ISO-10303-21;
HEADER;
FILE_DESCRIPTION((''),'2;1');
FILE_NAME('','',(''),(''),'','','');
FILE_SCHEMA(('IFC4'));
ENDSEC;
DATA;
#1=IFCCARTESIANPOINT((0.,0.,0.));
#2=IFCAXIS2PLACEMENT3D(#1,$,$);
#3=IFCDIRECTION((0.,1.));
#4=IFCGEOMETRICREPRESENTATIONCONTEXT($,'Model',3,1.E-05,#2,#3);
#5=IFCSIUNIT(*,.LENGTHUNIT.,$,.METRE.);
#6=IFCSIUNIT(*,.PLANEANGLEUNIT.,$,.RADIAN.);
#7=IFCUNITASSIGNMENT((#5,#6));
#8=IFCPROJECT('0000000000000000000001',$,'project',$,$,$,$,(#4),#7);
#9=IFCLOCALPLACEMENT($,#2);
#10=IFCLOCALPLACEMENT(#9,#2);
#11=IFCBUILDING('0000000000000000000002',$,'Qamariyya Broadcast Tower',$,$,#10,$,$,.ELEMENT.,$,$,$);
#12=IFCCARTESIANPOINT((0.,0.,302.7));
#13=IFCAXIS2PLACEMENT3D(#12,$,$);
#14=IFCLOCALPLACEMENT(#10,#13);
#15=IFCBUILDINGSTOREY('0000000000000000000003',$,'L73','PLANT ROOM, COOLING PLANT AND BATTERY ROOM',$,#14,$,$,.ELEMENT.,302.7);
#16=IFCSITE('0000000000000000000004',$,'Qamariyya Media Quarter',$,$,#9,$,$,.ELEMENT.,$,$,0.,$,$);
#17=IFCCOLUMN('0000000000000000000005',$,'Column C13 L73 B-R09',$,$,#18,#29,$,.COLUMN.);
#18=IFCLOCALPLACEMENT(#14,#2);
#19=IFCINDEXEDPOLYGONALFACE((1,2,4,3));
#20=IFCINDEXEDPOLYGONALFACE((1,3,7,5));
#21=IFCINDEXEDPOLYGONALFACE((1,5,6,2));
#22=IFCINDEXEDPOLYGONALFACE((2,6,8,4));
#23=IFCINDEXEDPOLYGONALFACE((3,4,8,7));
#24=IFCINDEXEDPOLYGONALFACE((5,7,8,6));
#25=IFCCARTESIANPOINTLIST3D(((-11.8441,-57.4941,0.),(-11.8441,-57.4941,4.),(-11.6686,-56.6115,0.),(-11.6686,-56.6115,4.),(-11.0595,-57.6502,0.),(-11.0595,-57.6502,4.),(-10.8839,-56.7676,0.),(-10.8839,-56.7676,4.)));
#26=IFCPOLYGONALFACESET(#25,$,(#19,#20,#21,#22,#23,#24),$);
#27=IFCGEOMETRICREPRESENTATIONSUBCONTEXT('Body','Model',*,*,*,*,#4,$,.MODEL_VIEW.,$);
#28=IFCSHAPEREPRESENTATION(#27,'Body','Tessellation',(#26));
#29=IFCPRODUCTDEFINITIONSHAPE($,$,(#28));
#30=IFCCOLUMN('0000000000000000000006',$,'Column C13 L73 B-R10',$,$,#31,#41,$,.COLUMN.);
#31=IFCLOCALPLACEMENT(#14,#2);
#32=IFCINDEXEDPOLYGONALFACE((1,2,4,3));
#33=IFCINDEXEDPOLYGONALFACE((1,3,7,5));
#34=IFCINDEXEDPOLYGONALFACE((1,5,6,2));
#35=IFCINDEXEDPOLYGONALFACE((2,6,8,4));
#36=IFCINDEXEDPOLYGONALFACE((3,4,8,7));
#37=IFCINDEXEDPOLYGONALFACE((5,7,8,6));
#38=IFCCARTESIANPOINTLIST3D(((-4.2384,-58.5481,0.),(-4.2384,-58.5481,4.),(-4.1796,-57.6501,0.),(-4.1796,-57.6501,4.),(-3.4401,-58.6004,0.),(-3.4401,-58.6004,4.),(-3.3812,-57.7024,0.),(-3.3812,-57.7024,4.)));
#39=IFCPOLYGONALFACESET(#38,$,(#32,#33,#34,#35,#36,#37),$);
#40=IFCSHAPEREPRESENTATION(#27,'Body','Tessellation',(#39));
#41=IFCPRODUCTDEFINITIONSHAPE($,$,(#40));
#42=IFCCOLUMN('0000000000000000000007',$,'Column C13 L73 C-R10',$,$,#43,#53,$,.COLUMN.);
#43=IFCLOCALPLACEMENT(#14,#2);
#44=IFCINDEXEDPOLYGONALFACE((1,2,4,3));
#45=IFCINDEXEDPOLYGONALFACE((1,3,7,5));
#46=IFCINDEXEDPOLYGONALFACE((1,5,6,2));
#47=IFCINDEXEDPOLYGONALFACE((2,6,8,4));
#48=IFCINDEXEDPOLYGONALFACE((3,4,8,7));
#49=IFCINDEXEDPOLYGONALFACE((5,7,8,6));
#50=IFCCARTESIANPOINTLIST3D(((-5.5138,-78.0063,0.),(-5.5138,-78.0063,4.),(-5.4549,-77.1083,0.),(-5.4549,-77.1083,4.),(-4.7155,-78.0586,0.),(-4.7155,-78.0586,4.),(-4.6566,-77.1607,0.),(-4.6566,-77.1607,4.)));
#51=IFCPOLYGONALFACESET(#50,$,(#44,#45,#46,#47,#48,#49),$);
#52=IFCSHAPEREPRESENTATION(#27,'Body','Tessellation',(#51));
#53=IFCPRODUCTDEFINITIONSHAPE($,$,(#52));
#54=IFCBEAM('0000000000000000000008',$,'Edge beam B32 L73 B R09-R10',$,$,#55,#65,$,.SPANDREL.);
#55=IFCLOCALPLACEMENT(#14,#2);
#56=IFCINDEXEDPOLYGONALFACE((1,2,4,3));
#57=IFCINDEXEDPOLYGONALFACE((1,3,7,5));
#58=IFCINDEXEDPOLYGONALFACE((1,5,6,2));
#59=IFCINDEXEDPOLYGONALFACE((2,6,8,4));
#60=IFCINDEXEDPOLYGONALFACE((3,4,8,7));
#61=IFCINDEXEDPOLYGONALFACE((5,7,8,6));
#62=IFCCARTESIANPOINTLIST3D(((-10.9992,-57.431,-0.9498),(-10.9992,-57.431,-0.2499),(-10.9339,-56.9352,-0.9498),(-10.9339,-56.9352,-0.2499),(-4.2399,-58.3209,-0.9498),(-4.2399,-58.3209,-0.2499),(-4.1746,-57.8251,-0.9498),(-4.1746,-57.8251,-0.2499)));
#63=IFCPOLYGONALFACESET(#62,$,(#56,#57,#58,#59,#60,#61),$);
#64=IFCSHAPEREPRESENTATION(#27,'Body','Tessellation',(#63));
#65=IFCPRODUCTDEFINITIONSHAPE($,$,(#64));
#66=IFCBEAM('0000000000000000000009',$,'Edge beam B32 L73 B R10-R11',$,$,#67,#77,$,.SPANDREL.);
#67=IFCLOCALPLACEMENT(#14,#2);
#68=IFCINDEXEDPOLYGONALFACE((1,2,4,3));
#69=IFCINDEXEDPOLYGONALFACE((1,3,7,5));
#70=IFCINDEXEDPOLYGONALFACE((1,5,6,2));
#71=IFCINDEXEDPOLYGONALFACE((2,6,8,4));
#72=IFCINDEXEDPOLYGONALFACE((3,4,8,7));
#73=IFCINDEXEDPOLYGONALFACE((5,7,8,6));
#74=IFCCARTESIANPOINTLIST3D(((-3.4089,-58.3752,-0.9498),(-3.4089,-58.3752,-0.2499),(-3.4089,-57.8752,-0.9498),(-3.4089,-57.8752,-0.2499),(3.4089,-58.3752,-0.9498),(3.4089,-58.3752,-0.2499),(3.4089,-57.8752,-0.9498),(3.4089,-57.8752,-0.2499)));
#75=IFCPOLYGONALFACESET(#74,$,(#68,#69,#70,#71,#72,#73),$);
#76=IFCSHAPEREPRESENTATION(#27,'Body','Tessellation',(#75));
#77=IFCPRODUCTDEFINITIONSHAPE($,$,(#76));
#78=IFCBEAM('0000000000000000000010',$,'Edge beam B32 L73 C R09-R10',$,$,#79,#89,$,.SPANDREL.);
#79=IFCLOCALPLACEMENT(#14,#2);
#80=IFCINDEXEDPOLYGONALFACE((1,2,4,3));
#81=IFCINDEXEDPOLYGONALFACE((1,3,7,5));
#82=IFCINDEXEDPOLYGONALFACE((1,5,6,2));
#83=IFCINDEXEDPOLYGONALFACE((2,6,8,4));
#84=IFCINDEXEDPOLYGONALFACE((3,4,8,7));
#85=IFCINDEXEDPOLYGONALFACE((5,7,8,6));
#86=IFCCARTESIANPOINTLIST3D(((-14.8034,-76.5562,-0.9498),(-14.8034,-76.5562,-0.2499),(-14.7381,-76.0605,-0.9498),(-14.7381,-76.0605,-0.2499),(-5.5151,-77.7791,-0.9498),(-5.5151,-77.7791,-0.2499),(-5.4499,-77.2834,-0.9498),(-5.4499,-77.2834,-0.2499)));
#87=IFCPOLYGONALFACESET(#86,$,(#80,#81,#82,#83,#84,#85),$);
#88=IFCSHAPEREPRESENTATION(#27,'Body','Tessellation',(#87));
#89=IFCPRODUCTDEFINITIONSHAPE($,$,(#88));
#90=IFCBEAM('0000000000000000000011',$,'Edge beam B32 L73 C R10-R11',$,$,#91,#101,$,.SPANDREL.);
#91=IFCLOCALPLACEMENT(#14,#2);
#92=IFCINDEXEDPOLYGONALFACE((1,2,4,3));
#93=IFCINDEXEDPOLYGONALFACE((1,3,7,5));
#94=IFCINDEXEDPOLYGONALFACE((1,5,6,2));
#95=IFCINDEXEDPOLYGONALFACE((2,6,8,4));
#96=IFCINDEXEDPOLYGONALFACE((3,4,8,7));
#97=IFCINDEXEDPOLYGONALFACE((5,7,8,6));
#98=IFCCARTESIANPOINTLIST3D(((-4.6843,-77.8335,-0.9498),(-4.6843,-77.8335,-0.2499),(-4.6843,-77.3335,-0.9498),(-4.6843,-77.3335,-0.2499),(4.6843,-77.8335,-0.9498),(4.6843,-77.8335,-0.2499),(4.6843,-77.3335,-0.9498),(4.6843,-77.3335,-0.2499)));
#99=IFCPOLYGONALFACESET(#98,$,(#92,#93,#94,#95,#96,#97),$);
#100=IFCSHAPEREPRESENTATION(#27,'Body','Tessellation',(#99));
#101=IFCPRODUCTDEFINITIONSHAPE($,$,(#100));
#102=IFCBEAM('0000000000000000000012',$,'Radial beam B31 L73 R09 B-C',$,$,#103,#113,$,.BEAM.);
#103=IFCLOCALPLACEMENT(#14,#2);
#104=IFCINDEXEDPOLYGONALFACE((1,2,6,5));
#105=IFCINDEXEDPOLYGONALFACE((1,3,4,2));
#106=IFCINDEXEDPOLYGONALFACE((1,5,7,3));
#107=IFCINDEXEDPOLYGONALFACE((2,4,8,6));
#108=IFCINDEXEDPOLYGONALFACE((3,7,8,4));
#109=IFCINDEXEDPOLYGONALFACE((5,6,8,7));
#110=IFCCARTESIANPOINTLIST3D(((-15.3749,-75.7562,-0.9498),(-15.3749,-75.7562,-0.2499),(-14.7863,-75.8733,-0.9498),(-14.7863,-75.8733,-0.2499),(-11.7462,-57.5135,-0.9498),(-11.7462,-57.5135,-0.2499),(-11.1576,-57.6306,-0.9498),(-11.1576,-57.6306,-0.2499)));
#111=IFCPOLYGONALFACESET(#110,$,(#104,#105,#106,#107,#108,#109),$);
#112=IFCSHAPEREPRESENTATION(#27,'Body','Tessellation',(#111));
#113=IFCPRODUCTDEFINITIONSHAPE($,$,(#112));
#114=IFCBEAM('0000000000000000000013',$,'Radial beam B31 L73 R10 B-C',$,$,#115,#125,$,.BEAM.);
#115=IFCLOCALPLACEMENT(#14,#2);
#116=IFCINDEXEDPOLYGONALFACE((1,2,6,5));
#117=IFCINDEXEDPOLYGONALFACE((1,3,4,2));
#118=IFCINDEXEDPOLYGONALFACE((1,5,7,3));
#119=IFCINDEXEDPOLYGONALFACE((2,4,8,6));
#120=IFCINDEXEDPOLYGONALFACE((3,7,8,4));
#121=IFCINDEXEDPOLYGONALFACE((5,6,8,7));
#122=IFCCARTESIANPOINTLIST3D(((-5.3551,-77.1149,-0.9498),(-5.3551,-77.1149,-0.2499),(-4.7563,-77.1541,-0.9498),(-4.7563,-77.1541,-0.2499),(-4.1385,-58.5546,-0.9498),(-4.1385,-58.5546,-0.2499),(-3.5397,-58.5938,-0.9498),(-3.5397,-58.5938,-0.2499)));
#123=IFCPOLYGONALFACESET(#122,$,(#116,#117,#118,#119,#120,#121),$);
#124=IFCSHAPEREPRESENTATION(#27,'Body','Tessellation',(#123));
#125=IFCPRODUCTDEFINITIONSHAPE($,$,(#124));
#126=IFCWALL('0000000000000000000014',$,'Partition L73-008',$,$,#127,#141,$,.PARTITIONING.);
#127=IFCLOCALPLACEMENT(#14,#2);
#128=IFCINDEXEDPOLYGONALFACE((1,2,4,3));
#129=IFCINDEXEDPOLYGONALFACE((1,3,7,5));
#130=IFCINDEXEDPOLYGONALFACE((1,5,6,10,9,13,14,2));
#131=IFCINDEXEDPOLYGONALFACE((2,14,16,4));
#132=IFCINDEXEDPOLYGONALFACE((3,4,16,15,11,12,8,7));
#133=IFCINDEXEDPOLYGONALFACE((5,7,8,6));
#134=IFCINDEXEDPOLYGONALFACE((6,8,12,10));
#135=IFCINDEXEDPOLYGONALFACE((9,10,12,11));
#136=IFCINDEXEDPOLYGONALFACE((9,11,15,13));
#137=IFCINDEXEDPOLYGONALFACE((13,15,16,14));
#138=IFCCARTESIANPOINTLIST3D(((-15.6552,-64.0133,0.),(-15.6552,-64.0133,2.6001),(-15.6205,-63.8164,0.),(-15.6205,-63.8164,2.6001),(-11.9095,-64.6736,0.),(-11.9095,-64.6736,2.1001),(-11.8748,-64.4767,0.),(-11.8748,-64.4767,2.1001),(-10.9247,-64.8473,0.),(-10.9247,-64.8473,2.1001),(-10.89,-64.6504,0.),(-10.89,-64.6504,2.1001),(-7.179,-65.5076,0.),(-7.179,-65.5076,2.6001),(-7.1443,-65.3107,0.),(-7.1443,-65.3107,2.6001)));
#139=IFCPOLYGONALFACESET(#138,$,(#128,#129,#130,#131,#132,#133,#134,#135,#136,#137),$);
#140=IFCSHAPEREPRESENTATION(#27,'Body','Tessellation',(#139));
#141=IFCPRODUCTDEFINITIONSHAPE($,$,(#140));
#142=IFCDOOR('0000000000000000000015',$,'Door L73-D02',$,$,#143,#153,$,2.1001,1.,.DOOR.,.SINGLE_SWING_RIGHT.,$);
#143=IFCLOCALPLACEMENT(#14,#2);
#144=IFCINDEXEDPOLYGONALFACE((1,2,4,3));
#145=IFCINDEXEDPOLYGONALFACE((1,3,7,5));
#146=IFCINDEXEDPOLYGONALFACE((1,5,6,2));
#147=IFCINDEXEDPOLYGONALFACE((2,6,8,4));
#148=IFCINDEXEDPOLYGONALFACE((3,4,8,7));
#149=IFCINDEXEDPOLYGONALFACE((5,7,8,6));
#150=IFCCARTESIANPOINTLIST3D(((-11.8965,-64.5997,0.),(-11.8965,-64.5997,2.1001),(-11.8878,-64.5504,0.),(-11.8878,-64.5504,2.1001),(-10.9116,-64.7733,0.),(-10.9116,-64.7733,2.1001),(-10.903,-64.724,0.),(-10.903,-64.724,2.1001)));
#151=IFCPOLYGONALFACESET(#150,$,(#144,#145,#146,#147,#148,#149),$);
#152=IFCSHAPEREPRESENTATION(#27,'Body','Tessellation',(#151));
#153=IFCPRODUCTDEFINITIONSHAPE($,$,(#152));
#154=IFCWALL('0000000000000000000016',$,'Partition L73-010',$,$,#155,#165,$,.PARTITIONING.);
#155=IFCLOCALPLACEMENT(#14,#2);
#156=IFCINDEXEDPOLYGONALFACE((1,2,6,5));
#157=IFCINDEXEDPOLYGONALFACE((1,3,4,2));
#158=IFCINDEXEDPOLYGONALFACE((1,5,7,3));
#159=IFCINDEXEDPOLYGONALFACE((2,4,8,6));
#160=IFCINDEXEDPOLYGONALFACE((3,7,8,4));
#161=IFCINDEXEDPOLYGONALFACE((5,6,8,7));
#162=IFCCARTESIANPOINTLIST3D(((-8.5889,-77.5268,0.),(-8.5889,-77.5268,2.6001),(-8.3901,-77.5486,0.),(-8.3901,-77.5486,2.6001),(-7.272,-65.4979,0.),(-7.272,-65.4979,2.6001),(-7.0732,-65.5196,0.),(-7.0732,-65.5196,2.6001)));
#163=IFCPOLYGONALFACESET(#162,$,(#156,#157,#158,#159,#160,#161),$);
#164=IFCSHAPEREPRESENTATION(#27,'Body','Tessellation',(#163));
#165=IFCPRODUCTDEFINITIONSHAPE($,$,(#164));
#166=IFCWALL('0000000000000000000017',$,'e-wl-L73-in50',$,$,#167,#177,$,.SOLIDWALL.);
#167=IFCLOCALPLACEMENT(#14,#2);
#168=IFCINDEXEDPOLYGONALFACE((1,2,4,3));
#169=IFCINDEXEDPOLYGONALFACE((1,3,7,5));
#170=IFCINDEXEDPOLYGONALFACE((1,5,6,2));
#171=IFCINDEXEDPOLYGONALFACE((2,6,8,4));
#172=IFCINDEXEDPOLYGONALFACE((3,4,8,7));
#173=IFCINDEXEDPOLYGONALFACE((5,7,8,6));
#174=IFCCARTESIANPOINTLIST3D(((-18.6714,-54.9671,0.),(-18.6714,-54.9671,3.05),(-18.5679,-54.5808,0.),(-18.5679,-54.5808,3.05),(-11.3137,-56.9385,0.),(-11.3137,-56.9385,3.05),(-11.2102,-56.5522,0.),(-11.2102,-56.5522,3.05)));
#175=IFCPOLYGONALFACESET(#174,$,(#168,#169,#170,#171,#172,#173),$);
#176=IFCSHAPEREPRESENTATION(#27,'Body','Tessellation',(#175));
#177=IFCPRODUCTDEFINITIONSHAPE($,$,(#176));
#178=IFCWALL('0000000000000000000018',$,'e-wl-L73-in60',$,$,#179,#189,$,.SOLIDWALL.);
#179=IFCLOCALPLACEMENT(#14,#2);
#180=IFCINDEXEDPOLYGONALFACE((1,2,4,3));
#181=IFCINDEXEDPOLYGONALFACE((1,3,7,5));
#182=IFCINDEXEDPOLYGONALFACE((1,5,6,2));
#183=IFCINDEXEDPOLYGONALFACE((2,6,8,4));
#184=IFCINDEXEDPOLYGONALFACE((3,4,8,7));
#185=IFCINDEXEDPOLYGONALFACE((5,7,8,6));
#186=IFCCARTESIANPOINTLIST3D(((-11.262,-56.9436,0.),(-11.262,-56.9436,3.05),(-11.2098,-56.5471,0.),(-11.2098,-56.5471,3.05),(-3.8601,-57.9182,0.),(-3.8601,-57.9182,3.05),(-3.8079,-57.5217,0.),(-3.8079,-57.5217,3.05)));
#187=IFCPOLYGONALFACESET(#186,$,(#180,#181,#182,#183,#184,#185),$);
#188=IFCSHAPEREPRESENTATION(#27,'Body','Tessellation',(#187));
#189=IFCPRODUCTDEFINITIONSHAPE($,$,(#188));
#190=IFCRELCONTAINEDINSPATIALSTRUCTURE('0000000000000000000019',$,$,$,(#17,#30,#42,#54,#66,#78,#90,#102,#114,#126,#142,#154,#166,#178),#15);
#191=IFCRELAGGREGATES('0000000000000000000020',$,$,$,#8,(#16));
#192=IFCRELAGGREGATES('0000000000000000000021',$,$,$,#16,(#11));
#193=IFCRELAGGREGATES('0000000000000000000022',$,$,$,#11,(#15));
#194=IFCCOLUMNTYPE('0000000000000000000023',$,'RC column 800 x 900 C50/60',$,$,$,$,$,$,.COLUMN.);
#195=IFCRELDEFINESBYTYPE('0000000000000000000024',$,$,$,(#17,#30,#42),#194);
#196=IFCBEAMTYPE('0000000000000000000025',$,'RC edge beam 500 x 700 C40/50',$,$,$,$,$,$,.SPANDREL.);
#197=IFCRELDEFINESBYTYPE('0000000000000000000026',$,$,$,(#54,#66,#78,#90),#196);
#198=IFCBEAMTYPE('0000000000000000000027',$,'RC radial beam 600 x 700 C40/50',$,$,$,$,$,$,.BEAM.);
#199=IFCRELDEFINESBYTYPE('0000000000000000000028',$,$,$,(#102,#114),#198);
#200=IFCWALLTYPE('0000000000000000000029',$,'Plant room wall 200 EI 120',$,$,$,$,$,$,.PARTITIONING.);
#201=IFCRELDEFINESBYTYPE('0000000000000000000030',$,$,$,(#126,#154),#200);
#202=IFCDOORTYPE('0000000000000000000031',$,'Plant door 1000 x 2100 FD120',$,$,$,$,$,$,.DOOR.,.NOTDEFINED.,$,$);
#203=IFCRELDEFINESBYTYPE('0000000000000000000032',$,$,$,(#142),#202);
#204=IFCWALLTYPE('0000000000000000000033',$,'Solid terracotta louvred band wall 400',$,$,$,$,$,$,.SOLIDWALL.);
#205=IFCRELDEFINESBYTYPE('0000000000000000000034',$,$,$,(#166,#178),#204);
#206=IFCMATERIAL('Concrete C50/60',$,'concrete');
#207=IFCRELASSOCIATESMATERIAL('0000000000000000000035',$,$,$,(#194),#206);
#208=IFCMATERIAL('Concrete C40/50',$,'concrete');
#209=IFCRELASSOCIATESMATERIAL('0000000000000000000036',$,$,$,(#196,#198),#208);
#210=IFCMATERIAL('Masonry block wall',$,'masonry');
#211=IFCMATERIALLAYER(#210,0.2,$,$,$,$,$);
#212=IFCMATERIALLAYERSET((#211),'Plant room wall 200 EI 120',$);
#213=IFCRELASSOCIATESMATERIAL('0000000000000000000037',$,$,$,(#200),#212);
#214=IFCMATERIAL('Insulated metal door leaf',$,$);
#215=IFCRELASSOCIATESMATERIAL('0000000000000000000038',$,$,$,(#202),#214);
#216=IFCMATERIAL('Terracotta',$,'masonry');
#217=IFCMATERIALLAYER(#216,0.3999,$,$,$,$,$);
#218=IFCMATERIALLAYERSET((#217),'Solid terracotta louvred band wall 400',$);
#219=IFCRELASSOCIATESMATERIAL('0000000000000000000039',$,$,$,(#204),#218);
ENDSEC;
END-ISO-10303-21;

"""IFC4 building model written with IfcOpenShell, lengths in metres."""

from ifc_helpers import new_model, si_unit, direction, frame, frame_2d, origin, origin_2d, place, context, subcontext, project, spatial, rectangle, extrude, material, layer, layer_set, material_profile, profile_set, type_object, element, fill, save


model = new_model("IFC4")

# Units and contexts
model_context = context("Model", 3, precision=1e-05, world=origin(), true_north=direction((0.0, 1.0)))
body_context = subcontext(model_context, "Body", "Model", "MODEL_VIEW")
ifc_project = project(units=[si_unit("LENGTHUNIT", "METRE"), si_unit("PLANEANGLEUNIT", "RADIAN")], contexts=[model_context])

# Site, building, storey
site_placement = place(None, origin())
site = spatial("IfcSite", under=ifc_project, at=site_placement, Name="Qamariyya Media Quarter", CompositionType="ELEMENT", RefElevation=0.0)
building_placement = place(site_placement, origin())
building = spatial("IfcBuilding", under=site, at=building_placement, Name="Qamariyya Broadcast Tower", CompositionType="ELEMENT")
storey_placement = place(building_placement, frame((0.0, 0.0, 302.7)))
storey = spatial("IfcBuildingStorey", under=building, at=storey_placement, Name="L73", Description="PLANT ROOM, COOLING PLANT AND BATTERY ROOM", CompositionType="ELEMENT", Elevation=302.7)

# Columns
ifc_material_1 = material(Name="Concrete C50/60", Category="concrete")
ifc_material_profile_1 = material_profile(ifc_material_1, rectangle(XDim=0.8, YDim=0.8999, at=origin_2d()))
ifc_profile_set_1 = profile_set([ifc_material_profile_1], Name="Concrete C50/60")
column_type = type_object("IfcColumnType", Name="RC column 800 x 900 C50/60", PredefinedType="COLUMN", material=ifc_profile_set_1)
for number, where, z_axis, x_axis, name in (
    (1, (-11.364, -57.1309, 0.0), (0.0, 0.0, 1.0), (0.980785, -0.19509, 0.0), "Column C13 L73 B-R09"),
    (2, (-3.8098, -58.1252, 0.0), (0.0, 0.0, 1.0), (0.997859, -0.065403, 0.0), "Column C13 L73 B-R10"),
    (3, (-5.0852, -77.5835, 0.0), (0.0, 0.0, 1.0), (0.997859, -0.065403, 0.0), "Column C13 L73 C-R10"),
):
    element("IfcColumn", number, at=place(storey_placement, frame(where, z_axis=z_axis, x_axis=x_axis)), inside=storey, type_object=column_type, Name=name, PredefinedType="COLUMN", context=body_context, shape_type="SweptSolid", body=[
        extrude(rectangle(XDim=0.8, YDim=0.8999, at=origin_2d()), origin(), (0.0, 0.0, 1.0), 4.0),
    ])

# Beams
ifc_material_2 = material(Name="Concrete C40/50", Category="concrete")
ifc_material_profile_2 = material_profile(ifc_material_2, rectangle(XDim=0.5, YDim=0.7, at=origin_2d()))
ifc_profile_set_2 = profile_set([ifc_material_profile_2], Name="Concrete C40/50")
beam_type_1 = type_object("IfcBeamType", Name="RC edge beam 500 x 700 C40/50", PredefinedType="SPANDREL", material=ifc_profile_set_2)
beam_1_placement = place(storey_placement, frame((-10.9666, -57.1831, -0.5999), z_axis=(0.991445, -0.130529, 0.0), x_axis=(0.130529, 0.991445, 0.0)))
element("IfcBeam", 4, at=beam_1_placement, inside=storey, type_object=beam_type_1, Name="Edge beam B32 L73 B R09-R10", PredefinedType="SPANDREL", context=body_context, shape_type="SweptSolid", body=[
    extrude(rectangle(XDim=0.5, YDim=0.7, at=origin_2d()), origin(), (0.0, 0.0, 1.0), 6.8176),
])
beam_2_placement = place(storey_placement, frame((-3.4089, -58.1252, -0.5999), z_axis=(1.0, 0.0, 0.0), x_axis=(0.0, 1.0, 0.0)))
element("IfcBeam", 5, at=beam_2_placement, inside=storey, type_object=beam_type_1, Name="Edge beam B32 L73 B R10-R11", PredefinedType="SPANDREL", context=body_context, shape_type="SweptSolid", body=[
    extrude(rectangle(XDim=0.5, YDim=0.7, at=origin_2d()), origin(), (0.0, 0.0, 1.0), 6.8179),
])
beam_3_placement = place(storey_placement, frame((-14.7708, -76.3083, -0.5999), z_axis=(0.991444, -0.130533, 0.0), x_axis=(0.130533, 0.991444, 0.0)))
element("IfcBeam", 6, at=beam_3_placement, inside=storey, type_object=beam_type_1, Name="Edge beam B32 L73 C R09-R10", PredefinedType="SPANDREL", context=body_context, shape_type="SweptSolid", body=[
    extrude(rectangle(XDim=0.5, YDim=0.7, at=origin_2d()), origin(), (0.0, 0.0, 1.0), 9.3684),
])
beam_4_placement = place(storey_placement, frame((-4.6843, -77.5835, -0.5999), z_axis=(1.0, 0.0, 0.0), x_axis=(0.0, 1.0, 0.0)))
element("IfcBeam", 7, at=beam_4_placement, inside=storey, type_object=beam_type_1, Name="Edge beam B32 L73 C R10-R11", PredefinedType="SPANDREL", context=body_context, shape_type="SweptSolid", body=[
    extrude(rectangle(XDim=0.5, YDim=0.7, at=origin_2d()), origin(), (0.0, 0.0, 1.0), 9.3687),
])
ifc_material_profile_3 = material_profile(ifc_material_2, rectangle(XDim=0.6001, YDim=0.7, at=origin_2d()))
ifc_profile_set_3 = profile_set([ifc_material_profile_3], Name="Concrete C40/50")
beam_type_2 = type_object("IfcBeamType", Name="RC radial beam 600 x 700 C40/50", PredefinedType="BEAM", material=ifc_profile_set_3)
for number, where, z_axis, x_axis, name in (
    (8, (-11.4519, -57.572, -0.5999), (-0.195089, -0.980786, 0.0), (0.980786, -0.195089, 0.0), "Radial beam B31 L73 R09 B-C"),
    (9, (-3.8391, -58.5742, -0.5999), (-0.065406, -0.997859, 0.0), (0.997859, -0.065406, 0.0), "Radial beam B31 L73 R10 B-C"),
):
    element("IfcBeam", number, at=place(storey_placement, frame(where, z_axis=z_axis, x_axis=x_axis)), inside=storey, type_object=beam_type_2, Name=name, PredefinedType="BEAM", context=body_context, shape_type="SweptSolid", body=[
        extrude(rectangle(XDim=0.6001, YDim=0.7, at=origin_2d()), origin(), (0.0, 0.0, 1.0), 18.6001),
    ])

# Wall, opening, door
ifc_material_3 = material(Name="Masonry block wall", Category="masonry")
ifc_layer_1 = layer(ifc_material_3, 0.2)
ifc_layer_set_1 = layer_set([ifc_layer_1], Name="Plant room wall 200 EI 120")
wall_type_1 = type_object("IfcWallType", Name="Plant room wall 200 EI 120", PredefinedType="PARTITIONING", material=ifc_layer_set_1)
wall_1_placement = place(storey_placement, frame((-7.1616, -65.4092, 0.0), z_axis=(0.0, 0.0, 1.0), x_axis=(-0.984812, 0.173624, 0.0)))
wall_1 = element("IfcWall", 10, at=wall_1_placement, inside=storey, type_object=wall_type_1, Name="Partition L73-008", PredefinedType="PARTITIONING", context=body_context, shape_type="SweptSolid", body=[
    extrude(rectangle(XDim=8.6069, YDim=0.2, at=frame_2d((4.3035, 0.0))), origin(), (0.0, 0.0, 1.0), 2.6001),
])
opening_placement = place(wall_1_placement, frame((3.8035, 0.0, 0.0)))
opening = element("IfcOpeningElement", 11, at=opening_placement, cuts=wall_1, PredefinedType="OPENING", context=body_context, shape_type="SweptSolid", body=[
    extrude(rectangle(XDim=1.0, YDim=2.1001, at=frame_2d((0.5, 1.05))), frame((0.0, 0.1099, 0.0), z_axis=(0.0, -1.0, 0.0), x_axis=(1.0, 0.0, 0.0)), (0.0, 0.0, 1.0), 0.22),
])
ifc_material_4 = material(Name="Insulated metal door leaf")
door_type = type_object("IfcDoorType", Name="Plant door 1000 x 2100 FD120", OperationType="NOTDEFINED", PredefinedType="DOOR", material=ifc_material_4)
door_placement = place(opening_placement, origin())
door = element("IfcDoor", 12, at=door_placement, inside=storey, type_object=door_type, Name="Door L73-D02", OperationType="SINGLE_SWING_RIGHT", OverallHeight=2.1001, OverallWidth=1.0, PredefinedType="DOOR", context=body_context, shape_type="SweptSolid", body=[
    extrude(rectangle(XDim=1.0, YDim=2.1001, at=frame_2d((0.5, 1.05))), frame((0.0, 0.0249, 0.0), z_axis=(0.0, -1.0, 0.0), x_axis=(1.0, 0.0, 0.0)), (0.0, 0.0, 1.0), 0.05),
])
fill(opening, door)

# Walls
wall_2_placement = place(storey_placement, frame((-8.4895, -77.5376, 0.0), z_axis=(0.0, 0.0, 1.0), x_axis=(0.108826, 0.994061, 0.0)))
element("IfcWall", 13, at=wall_2_placement, inside=storey, type_object=wall_type_1, Name="Partition L73-010", PredefinedType="PARTITIONING", context=body_context, shape_type="SweptSolid", body=[
    extrude(rectangle(XDim=12.1008, YDim=0.2, at=frame_2d((6.0503, 0.0))), origin(), (0.0, 0.0, 1.0), 2.6001),
])
ifc_material_5 = material(Name="Terracotta", Category="masonry")
ifc_layer_2 = layer(ifc_material_5, 0.3999)
ifc_layer_set_2 = layer_set([ifc_layer_2], Name="Solid terracotta louvred band wall 400")
wall_type_2 = type_object("IfcWallType", Name="Solid terracotta louvred band wall 400", PredefinedType="SOLIDWALL", material=ifc_layer_set_2)
wall_3_placement = place(storey_placement, frame((-11.262, -56.7454, 0.0), z_axis=(0.0, 0.0, 1.0), x_axis=(-0.965927, 0.258814, 0.0)))
element("IfcWall", 14, at=wall_3_placement, inside=storey, type_object=wall_type_2, Name="e-wl-L73-in50", PredefinedType="SOLIDWALL", context=body_context, shape_type="SweptSolid", body=[
    extrude(rectangle(XDim=7.6172, YDim=0.3999, at=frame_2d((3.8086, 0.0))), origin(), (0.0, 0.0, 1.0), 3.05),
])
wall_4_placement = place(storey_placement, frame((-3.834, -57.72, 0.0), z_axis=(0.0, 0.0, 1.0), x_axis=(-0.991442, 0.130544, 0.0)))
element("IfcWall", 15, at=wall_4_placement, inside=storey, type_object=wall_type_2, Name="e-wl-L73-in60", PredefinedType="SOLIDWALL", context=body_context, shape_type="SweptSolid", body=[
    extrude(rectangle(XDim=7.4658, YDim=0.3999, at=frame_2d((3.7329, 0.0))), origin(), (0.0, 0.0, 1.0), 3.05),
])

save(model, "model.ifc")
